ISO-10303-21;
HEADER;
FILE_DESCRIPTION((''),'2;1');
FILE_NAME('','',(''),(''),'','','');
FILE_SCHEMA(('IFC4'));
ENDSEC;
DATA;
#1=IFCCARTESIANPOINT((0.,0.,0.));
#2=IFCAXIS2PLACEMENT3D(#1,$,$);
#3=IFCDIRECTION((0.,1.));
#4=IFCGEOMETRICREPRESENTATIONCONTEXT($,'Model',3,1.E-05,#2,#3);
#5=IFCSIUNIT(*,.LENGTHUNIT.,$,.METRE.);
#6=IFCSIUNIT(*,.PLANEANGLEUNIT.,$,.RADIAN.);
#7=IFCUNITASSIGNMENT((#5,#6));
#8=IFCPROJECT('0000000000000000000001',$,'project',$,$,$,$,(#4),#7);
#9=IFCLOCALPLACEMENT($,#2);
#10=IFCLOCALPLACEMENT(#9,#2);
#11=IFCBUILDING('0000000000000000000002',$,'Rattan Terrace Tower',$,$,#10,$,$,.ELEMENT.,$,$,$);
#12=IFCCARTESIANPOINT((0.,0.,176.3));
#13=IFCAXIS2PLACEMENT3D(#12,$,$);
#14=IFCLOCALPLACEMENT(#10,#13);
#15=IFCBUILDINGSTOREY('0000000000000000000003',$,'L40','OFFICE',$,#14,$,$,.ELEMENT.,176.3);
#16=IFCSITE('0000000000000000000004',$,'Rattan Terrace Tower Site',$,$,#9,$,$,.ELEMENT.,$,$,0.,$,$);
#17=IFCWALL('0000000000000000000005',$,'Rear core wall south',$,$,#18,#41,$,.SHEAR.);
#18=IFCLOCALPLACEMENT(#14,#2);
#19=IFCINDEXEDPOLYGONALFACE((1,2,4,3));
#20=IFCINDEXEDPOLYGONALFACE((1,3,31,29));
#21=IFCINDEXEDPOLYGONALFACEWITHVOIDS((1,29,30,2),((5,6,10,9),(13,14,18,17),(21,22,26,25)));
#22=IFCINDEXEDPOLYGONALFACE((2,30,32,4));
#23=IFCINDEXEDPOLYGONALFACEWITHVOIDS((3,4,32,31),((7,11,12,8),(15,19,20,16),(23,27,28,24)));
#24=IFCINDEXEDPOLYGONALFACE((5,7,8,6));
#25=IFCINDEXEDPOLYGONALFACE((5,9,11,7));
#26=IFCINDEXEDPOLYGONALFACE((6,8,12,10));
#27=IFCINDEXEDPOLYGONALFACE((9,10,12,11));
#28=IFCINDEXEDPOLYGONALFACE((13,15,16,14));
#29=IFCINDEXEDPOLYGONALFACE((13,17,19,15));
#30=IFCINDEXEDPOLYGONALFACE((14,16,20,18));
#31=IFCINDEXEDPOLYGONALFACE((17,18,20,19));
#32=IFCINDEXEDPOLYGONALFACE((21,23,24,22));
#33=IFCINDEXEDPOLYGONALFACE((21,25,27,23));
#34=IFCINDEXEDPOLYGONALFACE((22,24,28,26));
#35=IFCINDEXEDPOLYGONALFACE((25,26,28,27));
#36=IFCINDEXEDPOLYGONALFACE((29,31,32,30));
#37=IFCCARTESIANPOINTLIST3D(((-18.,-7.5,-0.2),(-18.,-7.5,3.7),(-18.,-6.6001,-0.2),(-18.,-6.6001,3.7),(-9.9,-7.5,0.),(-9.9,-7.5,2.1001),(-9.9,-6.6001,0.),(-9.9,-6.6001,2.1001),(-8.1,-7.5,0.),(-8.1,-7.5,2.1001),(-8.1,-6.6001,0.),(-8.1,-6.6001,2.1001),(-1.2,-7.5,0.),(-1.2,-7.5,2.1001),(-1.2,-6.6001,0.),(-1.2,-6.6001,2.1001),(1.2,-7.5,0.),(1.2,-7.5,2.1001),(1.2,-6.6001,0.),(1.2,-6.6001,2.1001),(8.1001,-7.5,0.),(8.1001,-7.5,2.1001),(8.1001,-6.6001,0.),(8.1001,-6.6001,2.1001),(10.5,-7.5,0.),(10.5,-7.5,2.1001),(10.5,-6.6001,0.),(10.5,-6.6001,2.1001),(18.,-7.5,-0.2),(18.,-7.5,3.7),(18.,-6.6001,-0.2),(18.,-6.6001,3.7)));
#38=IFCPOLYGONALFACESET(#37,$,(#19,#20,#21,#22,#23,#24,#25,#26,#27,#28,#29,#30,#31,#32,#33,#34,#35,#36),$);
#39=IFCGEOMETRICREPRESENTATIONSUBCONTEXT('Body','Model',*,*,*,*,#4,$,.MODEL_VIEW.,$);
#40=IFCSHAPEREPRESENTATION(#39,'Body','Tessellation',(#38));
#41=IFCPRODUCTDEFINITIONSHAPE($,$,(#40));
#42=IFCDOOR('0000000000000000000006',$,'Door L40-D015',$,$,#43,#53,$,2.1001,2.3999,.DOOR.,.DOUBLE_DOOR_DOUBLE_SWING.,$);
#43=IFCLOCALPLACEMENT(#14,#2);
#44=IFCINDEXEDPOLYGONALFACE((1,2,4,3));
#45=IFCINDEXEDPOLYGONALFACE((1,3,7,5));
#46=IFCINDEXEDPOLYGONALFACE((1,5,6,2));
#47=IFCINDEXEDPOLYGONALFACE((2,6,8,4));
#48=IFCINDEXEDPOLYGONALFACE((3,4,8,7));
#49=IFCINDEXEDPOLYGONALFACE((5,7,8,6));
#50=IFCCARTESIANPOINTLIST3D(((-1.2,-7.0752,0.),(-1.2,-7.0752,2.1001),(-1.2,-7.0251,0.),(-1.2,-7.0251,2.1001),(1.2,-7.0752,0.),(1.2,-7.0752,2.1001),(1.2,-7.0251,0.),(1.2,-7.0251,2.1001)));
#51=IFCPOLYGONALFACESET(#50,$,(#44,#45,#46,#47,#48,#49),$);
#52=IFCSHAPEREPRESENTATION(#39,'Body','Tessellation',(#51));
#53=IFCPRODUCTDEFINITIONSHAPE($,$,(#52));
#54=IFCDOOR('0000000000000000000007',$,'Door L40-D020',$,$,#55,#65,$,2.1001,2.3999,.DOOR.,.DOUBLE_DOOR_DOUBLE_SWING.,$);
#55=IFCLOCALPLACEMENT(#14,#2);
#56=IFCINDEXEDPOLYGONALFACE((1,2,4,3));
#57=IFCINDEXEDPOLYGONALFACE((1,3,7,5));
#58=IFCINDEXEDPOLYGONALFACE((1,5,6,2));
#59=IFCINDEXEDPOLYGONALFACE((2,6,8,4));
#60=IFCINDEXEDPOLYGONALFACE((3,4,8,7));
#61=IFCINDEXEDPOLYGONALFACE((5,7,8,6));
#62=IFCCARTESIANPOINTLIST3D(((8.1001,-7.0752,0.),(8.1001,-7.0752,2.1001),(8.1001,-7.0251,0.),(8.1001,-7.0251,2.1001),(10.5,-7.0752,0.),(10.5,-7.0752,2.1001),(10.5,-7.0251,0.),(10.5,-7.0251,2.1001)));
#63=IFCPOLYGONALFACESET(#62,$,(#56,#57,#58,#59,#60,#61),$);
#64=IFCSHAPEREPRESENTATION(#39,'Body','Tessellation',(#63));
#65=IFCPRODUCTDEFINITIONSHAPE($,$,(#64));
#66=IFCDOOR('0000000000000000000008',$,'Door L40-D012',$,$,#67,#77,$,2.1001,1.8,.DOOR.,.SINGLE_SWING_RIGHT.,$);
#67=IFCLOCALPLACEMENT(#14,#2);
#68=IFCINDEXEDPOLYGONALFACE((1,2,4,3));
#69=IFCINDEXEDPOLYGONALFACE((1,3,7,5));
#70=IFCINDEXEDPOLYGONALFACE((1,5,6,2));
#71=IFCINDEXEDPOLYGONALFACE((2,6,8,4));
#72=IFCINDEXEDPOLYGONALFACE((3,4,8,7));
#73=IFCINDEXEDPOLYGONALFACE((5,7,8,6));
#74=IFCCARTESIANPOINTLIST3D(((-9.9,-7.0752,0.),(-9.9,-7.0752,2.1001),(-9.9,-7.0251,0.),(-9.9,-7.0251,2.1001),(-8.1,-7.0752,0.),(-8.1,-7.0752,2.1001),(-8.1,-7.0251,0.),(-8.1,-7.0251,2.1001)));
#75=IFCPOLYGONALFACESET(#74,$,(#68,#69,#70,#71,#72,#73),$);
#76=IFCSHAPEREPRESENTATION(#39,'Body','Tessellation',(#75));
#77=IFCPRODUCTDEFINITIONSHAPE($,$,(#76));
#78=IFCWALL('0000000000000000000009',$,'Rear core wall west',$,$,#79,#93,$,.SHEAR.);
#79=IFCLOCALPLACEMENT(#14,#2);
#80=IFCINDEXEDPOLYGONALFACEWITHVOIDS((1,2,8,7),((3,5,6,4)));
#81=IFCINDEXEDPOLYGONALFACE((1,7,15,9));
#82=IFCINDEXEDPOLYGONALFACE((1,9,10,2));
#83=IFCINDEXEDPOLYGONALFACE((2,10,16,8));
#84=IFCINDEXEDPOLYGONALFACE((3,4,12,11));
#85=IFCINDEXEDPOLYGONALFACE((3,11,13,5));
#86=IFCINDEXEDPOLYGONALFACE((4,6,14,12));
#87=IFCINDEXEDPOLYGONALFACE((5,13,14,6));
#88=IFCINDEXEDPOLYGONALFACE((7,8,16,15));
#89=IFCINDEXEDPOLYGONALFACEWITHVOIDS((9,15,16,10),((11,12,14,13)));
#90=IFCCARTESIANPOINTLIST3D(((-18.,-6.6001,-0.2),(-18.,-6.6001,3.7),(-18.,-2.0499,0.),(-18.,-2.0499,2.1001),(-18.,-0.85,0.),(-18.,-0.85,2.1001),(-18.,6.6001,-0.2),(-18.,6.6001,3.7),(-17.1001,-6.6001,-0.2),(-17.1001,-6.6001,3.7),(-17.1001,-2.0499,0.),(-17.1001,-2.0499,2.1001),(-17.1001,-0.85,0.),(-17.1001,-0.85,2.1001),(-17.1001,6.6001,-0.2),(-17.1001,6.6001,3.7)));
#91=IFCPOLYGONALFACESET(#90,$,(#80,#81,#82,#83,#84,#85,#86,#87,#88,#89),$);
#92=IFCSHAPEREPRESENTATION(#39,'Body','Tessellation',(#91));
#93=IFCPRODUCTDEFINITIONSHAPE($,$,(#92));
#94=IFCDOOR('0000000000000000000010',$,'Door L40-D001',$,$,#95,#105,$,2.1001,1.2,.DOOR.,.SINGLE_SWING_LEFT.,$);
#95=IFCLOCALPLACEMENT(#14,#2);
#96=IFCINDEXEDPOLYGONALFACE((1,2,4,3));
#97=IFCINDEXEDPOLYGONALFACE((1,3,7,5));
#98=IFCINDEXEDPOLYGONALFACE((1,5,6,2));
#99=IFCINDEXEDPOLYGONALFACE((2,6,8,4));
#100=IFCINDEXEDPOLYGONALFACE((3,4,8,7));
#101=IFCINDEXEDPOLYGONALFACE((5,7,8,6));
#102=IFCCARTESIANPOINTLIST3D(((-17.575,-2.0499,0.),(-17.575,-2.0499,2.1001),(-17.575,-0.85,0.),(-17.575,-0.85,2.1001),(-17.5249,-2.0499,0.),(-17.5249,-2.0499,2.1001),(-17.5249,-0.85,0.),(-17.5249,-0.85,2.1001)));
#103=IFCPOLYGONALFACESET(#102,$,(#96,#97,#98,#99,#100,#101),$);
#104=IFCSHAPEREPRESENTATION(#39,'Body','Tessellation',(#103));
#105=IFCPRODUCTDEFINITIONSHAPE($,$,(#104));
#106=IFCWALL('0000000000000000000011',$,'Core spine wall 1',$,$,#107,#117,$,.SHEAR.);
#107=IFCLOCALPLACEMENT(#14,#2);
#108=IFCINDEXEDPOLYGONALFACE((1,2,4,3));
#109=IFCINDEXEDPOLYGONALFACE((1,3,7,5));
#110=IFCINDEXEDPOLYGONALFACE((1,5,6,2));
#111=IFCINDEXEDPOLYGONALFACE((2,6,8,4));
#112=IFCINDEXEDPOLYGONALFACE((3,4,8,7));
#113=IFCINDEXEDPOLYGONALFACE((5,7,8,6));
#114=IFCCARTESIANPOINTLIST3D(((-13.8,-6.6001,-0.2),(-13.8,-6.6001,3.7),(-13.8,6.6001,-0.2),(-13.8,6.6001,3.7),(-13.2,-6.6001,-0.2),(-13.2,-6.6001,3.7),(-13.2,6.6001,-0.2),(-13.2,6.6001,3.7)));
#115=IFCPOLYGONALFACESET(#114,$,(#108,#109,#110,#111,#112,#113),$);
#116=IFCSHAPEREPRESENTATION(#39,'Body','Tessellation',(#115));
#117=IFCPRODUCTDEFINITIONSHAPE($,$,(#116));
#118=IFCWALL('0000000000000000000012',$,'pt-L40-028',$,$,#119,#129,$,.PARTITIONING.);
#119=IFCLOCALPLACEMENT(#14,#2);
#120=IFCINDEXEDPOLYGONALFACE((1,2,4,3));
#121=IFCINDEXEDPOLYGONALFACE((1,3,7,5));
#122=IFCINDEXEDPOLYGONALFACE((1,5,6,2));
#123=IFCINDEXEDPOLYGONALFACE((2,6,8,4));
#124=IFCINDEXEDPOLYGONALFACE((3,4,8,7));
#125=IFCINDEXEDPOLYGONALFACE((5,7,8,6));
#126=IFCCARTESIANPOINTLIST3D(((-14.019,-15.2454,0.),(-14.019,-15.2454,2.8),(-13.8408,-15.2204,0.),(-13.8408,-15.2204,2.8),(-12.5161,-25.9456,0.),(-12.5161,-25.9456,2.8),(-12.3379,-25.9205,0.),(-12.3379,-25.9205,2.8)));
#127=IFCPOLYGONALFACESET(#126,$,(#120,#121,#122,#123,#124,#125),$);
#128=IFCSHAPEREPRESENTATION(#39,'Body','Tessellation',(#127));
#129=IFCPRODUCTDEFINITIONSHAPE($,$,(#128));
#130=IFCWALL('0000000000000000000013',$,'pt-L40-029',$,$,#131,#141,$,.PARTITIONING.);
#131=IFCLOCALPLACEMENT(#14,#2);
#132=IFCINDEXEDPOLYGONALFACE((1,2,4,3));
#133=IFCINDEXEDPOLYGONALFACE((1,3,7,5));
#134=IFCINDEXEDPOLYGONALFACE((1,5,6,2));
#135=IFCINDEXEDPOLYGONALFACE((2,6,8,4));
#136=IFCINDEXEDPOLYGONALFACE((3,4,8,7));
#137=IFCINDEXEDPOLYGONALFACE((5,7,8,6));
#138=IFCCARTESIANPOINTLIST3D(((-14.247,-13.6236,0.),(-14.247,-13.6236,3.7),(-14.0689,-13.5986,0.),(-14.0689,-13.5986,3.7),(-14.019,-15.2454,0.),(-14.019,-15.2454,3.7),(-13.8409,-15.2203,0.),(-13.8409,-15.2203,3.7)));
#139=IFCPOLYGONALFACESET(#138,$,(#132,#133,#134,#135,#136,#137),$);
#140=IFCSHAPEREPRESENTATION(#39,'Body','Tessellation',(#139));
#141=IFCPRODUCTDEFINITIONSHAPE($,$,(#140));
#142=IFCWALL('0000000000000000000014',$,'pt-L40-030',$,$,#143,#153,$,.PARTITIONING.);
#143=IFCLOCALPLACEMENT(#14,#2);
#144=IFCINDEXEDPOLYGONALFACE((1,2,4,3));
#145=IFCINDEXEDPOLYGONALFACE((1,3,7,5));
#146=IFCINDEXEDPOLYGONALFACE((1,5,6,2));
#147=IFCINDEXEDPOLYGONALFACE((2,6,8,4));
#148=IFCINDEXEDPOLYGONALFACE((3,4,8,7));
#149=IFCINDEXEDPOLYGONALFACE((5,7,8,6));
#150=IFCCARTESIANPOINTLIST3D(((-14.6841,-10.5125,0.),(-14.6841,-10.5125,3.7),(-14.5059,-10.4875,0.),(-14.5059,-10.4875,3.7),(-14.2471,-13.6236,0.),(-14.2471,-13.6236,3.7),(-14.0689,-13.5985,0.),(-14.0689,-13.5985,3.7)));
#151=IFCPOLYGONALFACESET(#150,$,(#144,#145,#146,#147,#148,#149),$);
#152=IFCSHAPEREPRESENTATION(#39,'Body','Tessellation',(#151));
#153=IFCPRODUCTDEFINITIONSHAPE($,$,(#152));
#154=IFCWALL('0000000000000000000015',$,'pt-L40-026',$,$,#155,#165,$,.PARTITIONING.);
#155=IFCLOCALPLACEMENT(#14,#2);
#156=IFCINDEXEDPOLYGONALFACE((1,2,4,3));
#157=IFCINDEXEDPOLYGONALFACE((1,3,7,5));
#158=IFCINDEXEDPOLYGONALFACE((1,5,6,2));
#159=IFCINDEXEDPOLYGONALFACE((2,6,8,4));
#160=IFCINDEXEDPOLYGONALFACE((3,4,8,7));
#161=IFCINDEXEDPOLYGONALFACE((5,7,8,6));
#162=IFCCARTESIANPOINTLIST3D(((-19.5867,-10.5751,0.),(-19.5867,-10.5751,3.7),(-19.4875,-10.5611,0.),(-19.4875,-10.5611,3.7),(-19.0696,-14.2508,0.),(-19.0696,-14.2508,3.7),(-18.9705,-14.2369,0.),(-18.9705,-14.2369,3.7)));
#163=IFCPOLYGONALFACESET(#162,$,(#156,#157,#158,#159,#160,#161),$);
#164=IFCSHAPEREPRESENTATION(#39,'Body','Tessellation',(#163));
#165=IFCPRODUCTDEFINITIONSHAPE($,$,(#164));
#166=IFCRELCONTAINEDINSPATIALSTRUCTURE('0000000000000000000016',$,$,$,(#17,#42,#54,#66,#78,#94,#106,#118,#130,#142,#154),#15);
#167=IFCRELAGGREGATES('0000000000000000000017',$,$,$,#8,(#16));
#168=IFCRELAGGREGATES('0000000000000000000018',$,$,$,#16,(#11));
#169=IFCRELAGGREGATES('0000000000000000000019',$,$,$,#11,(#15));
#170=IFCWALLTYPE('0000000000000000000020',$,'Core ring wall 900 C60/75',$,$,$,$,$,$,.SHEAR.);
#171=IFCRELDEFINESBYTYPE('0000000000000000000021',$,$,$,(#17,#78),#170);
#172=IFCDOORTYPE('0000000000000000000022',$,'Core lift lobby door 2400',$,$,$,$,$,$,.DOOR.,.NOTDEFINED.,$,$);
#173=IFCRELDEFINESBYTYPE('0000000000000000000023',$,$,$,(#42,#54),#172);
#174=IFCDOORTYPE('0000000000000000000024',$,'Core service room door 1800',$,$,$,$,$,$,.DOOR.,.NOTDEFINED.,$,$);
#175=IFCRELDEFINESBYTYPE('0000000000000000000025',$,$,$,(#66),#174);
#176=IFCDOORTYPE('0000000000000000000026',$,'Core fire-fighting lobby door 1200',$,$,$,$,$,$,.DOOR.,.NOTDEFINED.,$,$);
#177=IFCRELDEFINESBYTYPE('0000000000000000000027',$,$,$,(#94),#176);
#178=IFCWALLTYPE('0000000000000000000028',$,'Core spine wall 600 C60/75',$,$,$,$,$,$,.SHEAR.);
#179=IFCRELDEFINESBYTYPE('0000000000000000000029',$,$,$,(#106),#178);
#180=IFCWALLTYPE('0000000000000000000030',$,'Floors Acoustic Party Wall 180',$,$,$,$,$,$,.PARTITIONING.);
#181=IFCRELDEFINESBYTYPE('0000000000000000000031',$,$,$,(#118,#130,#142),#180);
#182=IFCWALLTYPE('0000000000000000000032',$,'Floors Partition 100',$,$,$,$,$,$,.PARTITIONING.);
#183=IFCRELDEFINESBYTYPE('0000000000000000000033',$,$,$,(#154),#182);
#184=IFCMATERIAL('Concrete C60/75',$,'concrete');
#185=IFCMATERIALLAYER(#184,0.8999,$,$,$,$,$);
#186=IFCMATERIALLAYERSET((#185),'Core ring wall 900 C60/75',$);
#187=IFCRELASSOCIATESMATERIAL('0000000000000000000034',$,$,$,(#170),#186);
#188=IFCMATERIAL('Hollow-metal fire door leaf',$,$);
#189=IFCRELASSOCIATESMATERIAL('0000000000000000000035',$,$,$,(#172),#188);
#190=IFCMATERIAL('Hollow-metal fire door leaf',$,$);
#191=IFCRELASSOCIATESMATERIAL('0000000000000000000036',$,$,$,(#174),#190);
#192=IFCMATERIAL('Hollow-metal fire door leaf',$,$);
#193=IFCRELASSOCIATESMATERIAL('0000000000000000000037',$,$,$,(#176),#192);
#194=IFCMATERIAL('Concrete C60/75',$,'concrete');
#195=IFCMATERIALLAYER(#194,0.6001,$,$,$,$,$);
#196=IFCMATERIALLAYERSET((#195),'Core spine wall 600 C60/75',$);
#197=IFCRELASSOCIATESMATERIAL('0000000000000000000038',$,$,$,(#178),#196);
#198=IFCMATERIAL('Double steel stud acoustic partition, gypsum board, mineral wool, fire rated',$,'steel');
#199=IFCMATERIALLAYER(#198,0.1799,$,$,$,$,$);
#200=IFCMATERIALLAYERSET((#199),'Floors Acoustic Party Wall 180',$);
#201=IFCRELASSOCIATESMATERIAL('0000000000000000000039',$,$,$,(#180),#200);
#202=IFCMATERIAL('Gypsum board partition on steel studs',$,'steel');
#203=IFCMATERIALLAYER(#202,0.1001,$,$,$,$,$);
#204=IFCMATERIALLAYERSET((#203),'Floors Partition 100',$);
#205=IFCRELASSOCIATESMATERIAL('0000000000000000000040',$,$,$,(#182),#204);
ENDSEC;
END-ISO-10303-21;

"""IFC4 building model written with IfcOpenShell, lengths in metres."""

from ifc_helpers import new_model, si_unit, direction, frame, frame_2d, origin, place, context, subcontext, project, spatial, rectangle, extrude, material, layer, layer_set, type_object, element, fill, save


model = new_model("IFC4")

# Units and contexts
model_context = context("Model", 3, precision=1e-05, world=origin(), true_north=direction((0.0, 1.0)))
body_context = subcontext(model_context, "Body", "Model", "MODEL_VIEW")
ifc_project = project(units=[si_unit("LENGTHUNIT", "METRE"), si_unit("PLANEANGLEUNIT", "RADIAN")], contexts=[model_context])

# Site, building, storey
site_placement = place(None, origin())
site = spatial("IfcSite", under=ifc_project, at=site_placement, Name="Rattan Terrace Tower Site", CompositionType="ELEMENT", RefElevation=0.0)
building_placement = place(site_placement, origin())
building = spatial("IfcBuilding", under=site, at=building_placement, Name="Rattan Terrace Tower", CompositionType="ELEMENT")
storey_placement = place(building_placement, frame((0.0, 0.0, 176.3)))
storey = spatial("IfcBuildingStorey", under=building, at=storey_placement, Name="L40", Description="OFFICE", CompositionType="ELEMENT", Elevation=176.3)

# Wall, openings, doors
ifc_material_1 = material(Name="Concrete C60/75", Category="concrete")
ifc_layer_1 = layer(ifc_material_1, 0.8999)
ifc_layer_set_1 = layer_set([ifc_layer_1], Name="Core ring wall 900 C60/75")
wall_type_1 = type_object("IfcWallType", Name="Core ring wall 900 C60/75", PredefinedType="SHEAR", material=ifc_layer_set_1)
wall_1_placement = place(storey_placement, frame((-18.0, -7.05, -0.2), z_axis=(0.0, 0.0, 1.0), x_axis=(1.0, 0.0, 0.0)))
wall_1 = element("IfcWall", 1, at=wall_1_placement, inside=storey, type_object=wall_type_1, Name="Rear core wall south", PredefinedType="SHEAR", context=body_context, shape_type="SweptSolid", body=[
    extrude(rectangle(XDim=36.0, YDim=0.8999, at=frame_2d((18.0, 0.0))), origin(), (0.0, 0.0, 1.0), 3.8999),
])
opening_1_placement = place(wall_1_placement, frame((8.1001, 0.0, 0.2)))
opening_1 = element("IfcOpeningElement", 2, at=opening_1_placement, cuts=wall_1, PredefinedType="OPENING", context=body_context, shape_type="SweptSolid", body=[
    extrude(rectangle(XDim=1.8, YDim=2.1001, at=frame_2d((0.8999, 1.05))), frame((0.0, 0.4604, 0.0), z_axis=(0.0, -1.0, 0.0), x_axis=(1.0, 0.0, 0.0)), (0.0, 0.0, 1.0), 0.9209),
])
opening_2_placement = place(wall_1_placement, frame((16.8, 0.0, 0.2)))
opening_2 = element("IfcOpeningElement", 3, at=opening_2_placement, cuts=wall_1, PredefinedType="OPENING", context=body_context, shape_type="SweptSolid", body=[
    extrude(rectangle(XDim=2.3999, YDim=2.1001, at=frame_2d((1.2, 1.05))), frame((0.0, 0.4604, 0.0), z_axis=(0.0, -1.0, 0.0), x_axis=(1.0, 0.0, 0.0)), (0.0, 0.0, 1.0), 0.9209),
])
opening_3_placement = place(wall_1_placement, frame((26.1001, 0.0, 0.2)))
opening_3 = element("IfcOpeningElement", 4, at=opening_3_placement, cuts=wall_1, PredefinedType="OPENING", context=body_context, shape_type="SweptSolid", body=[
    extrude(rectangle(XDim=2.3999, YDim=2.1001, at=frame_2d((1.2, 1.05))), frame((0.0, 0.4604, 0.0), z_axis=(0.0, -1.0, 0.0), x_axis=(1.0, 0.0, 0.0)), (0.0, 0.0, 1.0), 0.9209),
])
ifc_material_2 = material(Name="Hollow-metal fire door leaf")
door_type_1 = type_object("IfcDoorType", Name="Core lift lobby door 2400", OperationType="NOTDEFINED", PredefinedType="DOOR", material=ifc_material_2)
door_1_placement = place(opening_2_placement, origin())
door_1 = element("IfcDoor", 5, at=door_1_placement, inside=storey, type_object=door_type_1, Name="Door L40-D015", OperationType="DOUBLE_DOOR_DOUBLE_SWING", OverallHeight=2.1001, OverallWidth=2.3999, PredefinedType="DOOR", context=body_context, shape_type="SweptSolid", body=[
    extrude(rectangle(XDim=2.3999, YDim=2.1001, at=frame_2d((1.2, 1.05))), frame((0.0, 0.0249, 0.0), z_axis=(0.0, -1.0, 0.0), x_axis=(1.0, 0.0, 0.0)), (0.0, 0.0, 1.0), 0.05),
])
fill(opening_2, door_1)
door_2_placement = place(opening_3_placement, origin())
door_2 = element("IfcDoor", 6, at=door_2_placement, inside=storey, type_object=door_type_1, Name="Door L40-D020", OperationType="DOUBLE_DOOR_DOUBLE_SWING", OverallHeight=2.1001, OverallWidth=2.3999, PredefinedType="DOOR", context=body_context, shape_type="SweptSolid", body=[
    extrude(rectangle(XDim=2.3999, YDim=2.1001, at=frame_2d((1.2, 1.05))), frame((0.0, 0.0249, 0.0), z_axis=(0.0, -1.0, 0.0), x_axis=(1.0, 0.0, 0.0)), (0.0, 0.0, 1.0), 0.05),
])
fill(opening_3, door_2)
ifc_material_3 = material(Name="Hollow-metal fire door leaf")
door_type_2 = type_object("IfcDoorType", Name="Core service room door 1800", OperationType="NOTDEFINED", PredefinedType="DOOR", material=ifc_material_3)
door_3_placement = place(opening_1_placement, origin())
door_3 = element("IfcDoor", 7, at=door_3_placement, inside=storey, type_object=door_type_2, Name="Door L40-D012", OperationType="SINGLE_SWING_RIGHT", OverallHeight=2.1001, OverallWidth=1.8, PredefinedType="DOOR", context=body_context, shape_type="SweptSolid", body=[
    extrude(rectangle(XDim=1.8, YDim=2.1001, at=frame_2d((0.8999, 1.05))), frame((0.0, 0.0249, 0.0), z_axis=(0.0, -1.0, 0.0), x_axis=(1.0, 0.0, 0.0)), (0.0, 0.0, 1.0), 0.05),
])
fill(opening_1, door_3)

# Wall, opening, door
wall_2_placement = place(storey_placement, frame((-17.55, -6.6001, -0.2), z_axis=(0.0, 0.0, 1.0), x_axis=(0.0, 1.0, 0.0)))
wall_2 = element("IfcWall", 8, at=wall_2_placement, inside=storey, type_object=wall_type_1, Name="Rear core wall west", PredefinedType="SHEAR", context=body_context, shape_type="SweptSolid", body=[
    extrude(rectangle(XDim=13.2002, YDim=0.8999, at=frame_2d((6.6001, 0.0))), origin(), (0.0, 0.0, 1.0), 3.8999),
])
opening_4_placement = place(wall_2_placement, frame((4.55, 0.0, 0.2)))
opening_4 = element("IfcOpeningElement", 9, at=opening_4_placement, cuts=wall_2, PredefinedType="OPENING", context=body_context, shape_type="SweptSolid", body=[
    extrude(rectangle(XDim=1.2, YDim=2.1001, at=frame_2d((0.6001, 1.05))), frame((0.0, 0.4604, 0.0), z_axis=(0.0, -1.0, 0.0), x_axis=(1.0, 0.0, 0.0)), (0.0, 0.0, 1.0), 0.9209),
])
ifc_material_4 = material(Name="Hollow-metal fire door leaf")
door_type_3 = type_object("IfcDoorType", Name="Core fire-fighting lobby door 1200", OperationType="NOTDEFINED", PredefinedType="DOOR", material=ifc_material_4)
door_4_placement = place(opening_4_placement, origin())
door_4 = element("IfcDoor", 10, at=door_4_placement, inside=storey, type_object=door_type_3, Name="Door L40-D001", OperationType="SINGLE_SWING_LEFT", OverallHeight=2.1001, OverallWidth=1.2, PredefinedType="DOOR", context=body_context, shape_type="SweptSolid", body=[
    extrude(rectangle(XDim=1.2, YDim=2.1001, at=frame_2d((0.6001, 1.05))), frame((0.0, 0.0249, 0.0), z_axis=(0.0, -1.0, 0.0), x_axis=(1.0, 0.0, 0.0)), (0.0, 0.0, 1.0), 0.05),
])
fill(opening_4, door_4)

# Walls
ifc_material_5 = material(Name="Concrete C60/75", Category="concrete")
ifc_layer_2 = layer(ifc_material_5, 0.6001)
ifc_layer_set_2 = layer_set([ifc_layer_2], Name="Core spine wall 600 C60/75")
wall_type_2 = type_object("IfcWallType", Name="Core spine wall 600 C60/75", PredefinedType="SHEAR", material=ifc_layer_set_2)
wall_3_placement = place(storey_placement, frame((-13.5, -6.6001, -0.2), z_axis=(0.0, 0.0, 1.0), x_axis=(0.0, 1.0, 0.0)))
element("IfcWall", 11, at=wall_3_placement, inside=storey, type_object=wall_type_2, Name="Core spine wall 1", PredefinedType="SHEAR", context=body_context, shape_type="SweptSolid", body=[
    extrude(rectangle(XDim=13.2002, YDim=0.6001, at=frame_2d((6.6001, 0.0))), origin(), (0.0, 0.0, 1.0), 3.8999),
])
ifc_material_6 = material(Name="Double steel stud acoustic partition, gypsum board, mineral wool, fire rated", Category="steel")
ifc_layer_3 = layer(ifc_material_6, 0.1799)
ifc_layer_set_3 = layer_set([ifc_layer_3], Name="Floors Acoustic Party Wall 180")
wall_type_3 = type_object("IfcWallType", Name="Floors Acoustic Party Wall 180", PredefinedType="PARTITIONING", material=ifc_layer_set_3)
wall_4_placement = place(storey_placement, frame((-13.9299, -15.2329, 0.0), z_axis=(0.0, 0.0, 1.0), x_axis=(0.139093, -0.990279, 0.0)))
element("IfcWall", 12, at=wall_4_placement, inside=storey, type_object=wall_type_3, Name="pt-L40-028", PredefinedType="PARTITIONING", context=body_context, shape_type="SweptSolid", body=[
    extrude(rectangle(XDim=10.8052, YDim=0.1799, at=frame_2d((5.4026, 0.0))), origin(), (0.0, 0.0, 1.0), 2.8),
])
wall_5_placement = place(storey_placement, frame((-14.158, -13.6111, 0.0), z_axis=(0.0, 0.0, 1.0), x_axis=(0.13923, -0.99026, 0.0)))
element("IfcWall", 13, at=wall_5_placement, inside=storey, type_object=wall_type_3, Name="pt-L40-029", PredefinedType="PARTITIONING", context=body_context, shape_type="SweptSolid", body=[
    extrude(rectangle(XDim=1.6377, YDim=0.1799, at=frame_2d((0.8188, 0.0))), origin(), (0.0, 0.0, 1.0), 3.7),
])
wall_6_placement = place(storey_placement, frame((-14.595, -10.5, 0.0), z_axis=(0.0, 0.0, 1.0), x_axis=(0.139104, -0.990278, 0.0)))
element("IfcWall", 14, at=wall_6_placement, inside=storey, type_object=wall_type_3, Name="pt-L40-030", PredefinedType="PARTITIONING", context=body_context, shape_type="SweptSolid", body=[
    extrude(rectangle(XDim=3.1416, YDim=0.1799, at=frame_2d((1.5708, 0.0))), origin(), (0.0, 0.0, 1.0), 3.7),
])
ifc_material_7 = material(Name="Gypsum board partition on steel studs", Category="steel")
ifc_layer_4 = layer(ifc_material_7, 0.1001)
ifc_layer_set_4 = layer_set([ifc_layer_4], Name="Floors Partition 100")
wall_type_4 = type_object("IfcWallType", Name="Floors Partition 100", PredefinedType="PARTITIONING", material=ifc_layer_set_4)
wall_7_placement = place(storey_placement, frame((-19.5371, -10.5681, 0.0), z_axis=(0.0, 0.0, 1.0), x_axis=(0.139303, -0.99025, 0.0)))
element("IfcWall", 15, at=wall_7_placement, inside=storey, type_object=wall_type_4, Name="pt-L40-026", PredefinedType="PARTITIONING", context=body_context, shape_type="SweptSolid", body=[
    extrude(rectangle(XDim=3.7119, YDim=0.1001, at=frame_2d((1.856, 0.0))), origin(), (0.0, 0.0, 1.0), 3.7),
])

save(model, "model.ifc")
